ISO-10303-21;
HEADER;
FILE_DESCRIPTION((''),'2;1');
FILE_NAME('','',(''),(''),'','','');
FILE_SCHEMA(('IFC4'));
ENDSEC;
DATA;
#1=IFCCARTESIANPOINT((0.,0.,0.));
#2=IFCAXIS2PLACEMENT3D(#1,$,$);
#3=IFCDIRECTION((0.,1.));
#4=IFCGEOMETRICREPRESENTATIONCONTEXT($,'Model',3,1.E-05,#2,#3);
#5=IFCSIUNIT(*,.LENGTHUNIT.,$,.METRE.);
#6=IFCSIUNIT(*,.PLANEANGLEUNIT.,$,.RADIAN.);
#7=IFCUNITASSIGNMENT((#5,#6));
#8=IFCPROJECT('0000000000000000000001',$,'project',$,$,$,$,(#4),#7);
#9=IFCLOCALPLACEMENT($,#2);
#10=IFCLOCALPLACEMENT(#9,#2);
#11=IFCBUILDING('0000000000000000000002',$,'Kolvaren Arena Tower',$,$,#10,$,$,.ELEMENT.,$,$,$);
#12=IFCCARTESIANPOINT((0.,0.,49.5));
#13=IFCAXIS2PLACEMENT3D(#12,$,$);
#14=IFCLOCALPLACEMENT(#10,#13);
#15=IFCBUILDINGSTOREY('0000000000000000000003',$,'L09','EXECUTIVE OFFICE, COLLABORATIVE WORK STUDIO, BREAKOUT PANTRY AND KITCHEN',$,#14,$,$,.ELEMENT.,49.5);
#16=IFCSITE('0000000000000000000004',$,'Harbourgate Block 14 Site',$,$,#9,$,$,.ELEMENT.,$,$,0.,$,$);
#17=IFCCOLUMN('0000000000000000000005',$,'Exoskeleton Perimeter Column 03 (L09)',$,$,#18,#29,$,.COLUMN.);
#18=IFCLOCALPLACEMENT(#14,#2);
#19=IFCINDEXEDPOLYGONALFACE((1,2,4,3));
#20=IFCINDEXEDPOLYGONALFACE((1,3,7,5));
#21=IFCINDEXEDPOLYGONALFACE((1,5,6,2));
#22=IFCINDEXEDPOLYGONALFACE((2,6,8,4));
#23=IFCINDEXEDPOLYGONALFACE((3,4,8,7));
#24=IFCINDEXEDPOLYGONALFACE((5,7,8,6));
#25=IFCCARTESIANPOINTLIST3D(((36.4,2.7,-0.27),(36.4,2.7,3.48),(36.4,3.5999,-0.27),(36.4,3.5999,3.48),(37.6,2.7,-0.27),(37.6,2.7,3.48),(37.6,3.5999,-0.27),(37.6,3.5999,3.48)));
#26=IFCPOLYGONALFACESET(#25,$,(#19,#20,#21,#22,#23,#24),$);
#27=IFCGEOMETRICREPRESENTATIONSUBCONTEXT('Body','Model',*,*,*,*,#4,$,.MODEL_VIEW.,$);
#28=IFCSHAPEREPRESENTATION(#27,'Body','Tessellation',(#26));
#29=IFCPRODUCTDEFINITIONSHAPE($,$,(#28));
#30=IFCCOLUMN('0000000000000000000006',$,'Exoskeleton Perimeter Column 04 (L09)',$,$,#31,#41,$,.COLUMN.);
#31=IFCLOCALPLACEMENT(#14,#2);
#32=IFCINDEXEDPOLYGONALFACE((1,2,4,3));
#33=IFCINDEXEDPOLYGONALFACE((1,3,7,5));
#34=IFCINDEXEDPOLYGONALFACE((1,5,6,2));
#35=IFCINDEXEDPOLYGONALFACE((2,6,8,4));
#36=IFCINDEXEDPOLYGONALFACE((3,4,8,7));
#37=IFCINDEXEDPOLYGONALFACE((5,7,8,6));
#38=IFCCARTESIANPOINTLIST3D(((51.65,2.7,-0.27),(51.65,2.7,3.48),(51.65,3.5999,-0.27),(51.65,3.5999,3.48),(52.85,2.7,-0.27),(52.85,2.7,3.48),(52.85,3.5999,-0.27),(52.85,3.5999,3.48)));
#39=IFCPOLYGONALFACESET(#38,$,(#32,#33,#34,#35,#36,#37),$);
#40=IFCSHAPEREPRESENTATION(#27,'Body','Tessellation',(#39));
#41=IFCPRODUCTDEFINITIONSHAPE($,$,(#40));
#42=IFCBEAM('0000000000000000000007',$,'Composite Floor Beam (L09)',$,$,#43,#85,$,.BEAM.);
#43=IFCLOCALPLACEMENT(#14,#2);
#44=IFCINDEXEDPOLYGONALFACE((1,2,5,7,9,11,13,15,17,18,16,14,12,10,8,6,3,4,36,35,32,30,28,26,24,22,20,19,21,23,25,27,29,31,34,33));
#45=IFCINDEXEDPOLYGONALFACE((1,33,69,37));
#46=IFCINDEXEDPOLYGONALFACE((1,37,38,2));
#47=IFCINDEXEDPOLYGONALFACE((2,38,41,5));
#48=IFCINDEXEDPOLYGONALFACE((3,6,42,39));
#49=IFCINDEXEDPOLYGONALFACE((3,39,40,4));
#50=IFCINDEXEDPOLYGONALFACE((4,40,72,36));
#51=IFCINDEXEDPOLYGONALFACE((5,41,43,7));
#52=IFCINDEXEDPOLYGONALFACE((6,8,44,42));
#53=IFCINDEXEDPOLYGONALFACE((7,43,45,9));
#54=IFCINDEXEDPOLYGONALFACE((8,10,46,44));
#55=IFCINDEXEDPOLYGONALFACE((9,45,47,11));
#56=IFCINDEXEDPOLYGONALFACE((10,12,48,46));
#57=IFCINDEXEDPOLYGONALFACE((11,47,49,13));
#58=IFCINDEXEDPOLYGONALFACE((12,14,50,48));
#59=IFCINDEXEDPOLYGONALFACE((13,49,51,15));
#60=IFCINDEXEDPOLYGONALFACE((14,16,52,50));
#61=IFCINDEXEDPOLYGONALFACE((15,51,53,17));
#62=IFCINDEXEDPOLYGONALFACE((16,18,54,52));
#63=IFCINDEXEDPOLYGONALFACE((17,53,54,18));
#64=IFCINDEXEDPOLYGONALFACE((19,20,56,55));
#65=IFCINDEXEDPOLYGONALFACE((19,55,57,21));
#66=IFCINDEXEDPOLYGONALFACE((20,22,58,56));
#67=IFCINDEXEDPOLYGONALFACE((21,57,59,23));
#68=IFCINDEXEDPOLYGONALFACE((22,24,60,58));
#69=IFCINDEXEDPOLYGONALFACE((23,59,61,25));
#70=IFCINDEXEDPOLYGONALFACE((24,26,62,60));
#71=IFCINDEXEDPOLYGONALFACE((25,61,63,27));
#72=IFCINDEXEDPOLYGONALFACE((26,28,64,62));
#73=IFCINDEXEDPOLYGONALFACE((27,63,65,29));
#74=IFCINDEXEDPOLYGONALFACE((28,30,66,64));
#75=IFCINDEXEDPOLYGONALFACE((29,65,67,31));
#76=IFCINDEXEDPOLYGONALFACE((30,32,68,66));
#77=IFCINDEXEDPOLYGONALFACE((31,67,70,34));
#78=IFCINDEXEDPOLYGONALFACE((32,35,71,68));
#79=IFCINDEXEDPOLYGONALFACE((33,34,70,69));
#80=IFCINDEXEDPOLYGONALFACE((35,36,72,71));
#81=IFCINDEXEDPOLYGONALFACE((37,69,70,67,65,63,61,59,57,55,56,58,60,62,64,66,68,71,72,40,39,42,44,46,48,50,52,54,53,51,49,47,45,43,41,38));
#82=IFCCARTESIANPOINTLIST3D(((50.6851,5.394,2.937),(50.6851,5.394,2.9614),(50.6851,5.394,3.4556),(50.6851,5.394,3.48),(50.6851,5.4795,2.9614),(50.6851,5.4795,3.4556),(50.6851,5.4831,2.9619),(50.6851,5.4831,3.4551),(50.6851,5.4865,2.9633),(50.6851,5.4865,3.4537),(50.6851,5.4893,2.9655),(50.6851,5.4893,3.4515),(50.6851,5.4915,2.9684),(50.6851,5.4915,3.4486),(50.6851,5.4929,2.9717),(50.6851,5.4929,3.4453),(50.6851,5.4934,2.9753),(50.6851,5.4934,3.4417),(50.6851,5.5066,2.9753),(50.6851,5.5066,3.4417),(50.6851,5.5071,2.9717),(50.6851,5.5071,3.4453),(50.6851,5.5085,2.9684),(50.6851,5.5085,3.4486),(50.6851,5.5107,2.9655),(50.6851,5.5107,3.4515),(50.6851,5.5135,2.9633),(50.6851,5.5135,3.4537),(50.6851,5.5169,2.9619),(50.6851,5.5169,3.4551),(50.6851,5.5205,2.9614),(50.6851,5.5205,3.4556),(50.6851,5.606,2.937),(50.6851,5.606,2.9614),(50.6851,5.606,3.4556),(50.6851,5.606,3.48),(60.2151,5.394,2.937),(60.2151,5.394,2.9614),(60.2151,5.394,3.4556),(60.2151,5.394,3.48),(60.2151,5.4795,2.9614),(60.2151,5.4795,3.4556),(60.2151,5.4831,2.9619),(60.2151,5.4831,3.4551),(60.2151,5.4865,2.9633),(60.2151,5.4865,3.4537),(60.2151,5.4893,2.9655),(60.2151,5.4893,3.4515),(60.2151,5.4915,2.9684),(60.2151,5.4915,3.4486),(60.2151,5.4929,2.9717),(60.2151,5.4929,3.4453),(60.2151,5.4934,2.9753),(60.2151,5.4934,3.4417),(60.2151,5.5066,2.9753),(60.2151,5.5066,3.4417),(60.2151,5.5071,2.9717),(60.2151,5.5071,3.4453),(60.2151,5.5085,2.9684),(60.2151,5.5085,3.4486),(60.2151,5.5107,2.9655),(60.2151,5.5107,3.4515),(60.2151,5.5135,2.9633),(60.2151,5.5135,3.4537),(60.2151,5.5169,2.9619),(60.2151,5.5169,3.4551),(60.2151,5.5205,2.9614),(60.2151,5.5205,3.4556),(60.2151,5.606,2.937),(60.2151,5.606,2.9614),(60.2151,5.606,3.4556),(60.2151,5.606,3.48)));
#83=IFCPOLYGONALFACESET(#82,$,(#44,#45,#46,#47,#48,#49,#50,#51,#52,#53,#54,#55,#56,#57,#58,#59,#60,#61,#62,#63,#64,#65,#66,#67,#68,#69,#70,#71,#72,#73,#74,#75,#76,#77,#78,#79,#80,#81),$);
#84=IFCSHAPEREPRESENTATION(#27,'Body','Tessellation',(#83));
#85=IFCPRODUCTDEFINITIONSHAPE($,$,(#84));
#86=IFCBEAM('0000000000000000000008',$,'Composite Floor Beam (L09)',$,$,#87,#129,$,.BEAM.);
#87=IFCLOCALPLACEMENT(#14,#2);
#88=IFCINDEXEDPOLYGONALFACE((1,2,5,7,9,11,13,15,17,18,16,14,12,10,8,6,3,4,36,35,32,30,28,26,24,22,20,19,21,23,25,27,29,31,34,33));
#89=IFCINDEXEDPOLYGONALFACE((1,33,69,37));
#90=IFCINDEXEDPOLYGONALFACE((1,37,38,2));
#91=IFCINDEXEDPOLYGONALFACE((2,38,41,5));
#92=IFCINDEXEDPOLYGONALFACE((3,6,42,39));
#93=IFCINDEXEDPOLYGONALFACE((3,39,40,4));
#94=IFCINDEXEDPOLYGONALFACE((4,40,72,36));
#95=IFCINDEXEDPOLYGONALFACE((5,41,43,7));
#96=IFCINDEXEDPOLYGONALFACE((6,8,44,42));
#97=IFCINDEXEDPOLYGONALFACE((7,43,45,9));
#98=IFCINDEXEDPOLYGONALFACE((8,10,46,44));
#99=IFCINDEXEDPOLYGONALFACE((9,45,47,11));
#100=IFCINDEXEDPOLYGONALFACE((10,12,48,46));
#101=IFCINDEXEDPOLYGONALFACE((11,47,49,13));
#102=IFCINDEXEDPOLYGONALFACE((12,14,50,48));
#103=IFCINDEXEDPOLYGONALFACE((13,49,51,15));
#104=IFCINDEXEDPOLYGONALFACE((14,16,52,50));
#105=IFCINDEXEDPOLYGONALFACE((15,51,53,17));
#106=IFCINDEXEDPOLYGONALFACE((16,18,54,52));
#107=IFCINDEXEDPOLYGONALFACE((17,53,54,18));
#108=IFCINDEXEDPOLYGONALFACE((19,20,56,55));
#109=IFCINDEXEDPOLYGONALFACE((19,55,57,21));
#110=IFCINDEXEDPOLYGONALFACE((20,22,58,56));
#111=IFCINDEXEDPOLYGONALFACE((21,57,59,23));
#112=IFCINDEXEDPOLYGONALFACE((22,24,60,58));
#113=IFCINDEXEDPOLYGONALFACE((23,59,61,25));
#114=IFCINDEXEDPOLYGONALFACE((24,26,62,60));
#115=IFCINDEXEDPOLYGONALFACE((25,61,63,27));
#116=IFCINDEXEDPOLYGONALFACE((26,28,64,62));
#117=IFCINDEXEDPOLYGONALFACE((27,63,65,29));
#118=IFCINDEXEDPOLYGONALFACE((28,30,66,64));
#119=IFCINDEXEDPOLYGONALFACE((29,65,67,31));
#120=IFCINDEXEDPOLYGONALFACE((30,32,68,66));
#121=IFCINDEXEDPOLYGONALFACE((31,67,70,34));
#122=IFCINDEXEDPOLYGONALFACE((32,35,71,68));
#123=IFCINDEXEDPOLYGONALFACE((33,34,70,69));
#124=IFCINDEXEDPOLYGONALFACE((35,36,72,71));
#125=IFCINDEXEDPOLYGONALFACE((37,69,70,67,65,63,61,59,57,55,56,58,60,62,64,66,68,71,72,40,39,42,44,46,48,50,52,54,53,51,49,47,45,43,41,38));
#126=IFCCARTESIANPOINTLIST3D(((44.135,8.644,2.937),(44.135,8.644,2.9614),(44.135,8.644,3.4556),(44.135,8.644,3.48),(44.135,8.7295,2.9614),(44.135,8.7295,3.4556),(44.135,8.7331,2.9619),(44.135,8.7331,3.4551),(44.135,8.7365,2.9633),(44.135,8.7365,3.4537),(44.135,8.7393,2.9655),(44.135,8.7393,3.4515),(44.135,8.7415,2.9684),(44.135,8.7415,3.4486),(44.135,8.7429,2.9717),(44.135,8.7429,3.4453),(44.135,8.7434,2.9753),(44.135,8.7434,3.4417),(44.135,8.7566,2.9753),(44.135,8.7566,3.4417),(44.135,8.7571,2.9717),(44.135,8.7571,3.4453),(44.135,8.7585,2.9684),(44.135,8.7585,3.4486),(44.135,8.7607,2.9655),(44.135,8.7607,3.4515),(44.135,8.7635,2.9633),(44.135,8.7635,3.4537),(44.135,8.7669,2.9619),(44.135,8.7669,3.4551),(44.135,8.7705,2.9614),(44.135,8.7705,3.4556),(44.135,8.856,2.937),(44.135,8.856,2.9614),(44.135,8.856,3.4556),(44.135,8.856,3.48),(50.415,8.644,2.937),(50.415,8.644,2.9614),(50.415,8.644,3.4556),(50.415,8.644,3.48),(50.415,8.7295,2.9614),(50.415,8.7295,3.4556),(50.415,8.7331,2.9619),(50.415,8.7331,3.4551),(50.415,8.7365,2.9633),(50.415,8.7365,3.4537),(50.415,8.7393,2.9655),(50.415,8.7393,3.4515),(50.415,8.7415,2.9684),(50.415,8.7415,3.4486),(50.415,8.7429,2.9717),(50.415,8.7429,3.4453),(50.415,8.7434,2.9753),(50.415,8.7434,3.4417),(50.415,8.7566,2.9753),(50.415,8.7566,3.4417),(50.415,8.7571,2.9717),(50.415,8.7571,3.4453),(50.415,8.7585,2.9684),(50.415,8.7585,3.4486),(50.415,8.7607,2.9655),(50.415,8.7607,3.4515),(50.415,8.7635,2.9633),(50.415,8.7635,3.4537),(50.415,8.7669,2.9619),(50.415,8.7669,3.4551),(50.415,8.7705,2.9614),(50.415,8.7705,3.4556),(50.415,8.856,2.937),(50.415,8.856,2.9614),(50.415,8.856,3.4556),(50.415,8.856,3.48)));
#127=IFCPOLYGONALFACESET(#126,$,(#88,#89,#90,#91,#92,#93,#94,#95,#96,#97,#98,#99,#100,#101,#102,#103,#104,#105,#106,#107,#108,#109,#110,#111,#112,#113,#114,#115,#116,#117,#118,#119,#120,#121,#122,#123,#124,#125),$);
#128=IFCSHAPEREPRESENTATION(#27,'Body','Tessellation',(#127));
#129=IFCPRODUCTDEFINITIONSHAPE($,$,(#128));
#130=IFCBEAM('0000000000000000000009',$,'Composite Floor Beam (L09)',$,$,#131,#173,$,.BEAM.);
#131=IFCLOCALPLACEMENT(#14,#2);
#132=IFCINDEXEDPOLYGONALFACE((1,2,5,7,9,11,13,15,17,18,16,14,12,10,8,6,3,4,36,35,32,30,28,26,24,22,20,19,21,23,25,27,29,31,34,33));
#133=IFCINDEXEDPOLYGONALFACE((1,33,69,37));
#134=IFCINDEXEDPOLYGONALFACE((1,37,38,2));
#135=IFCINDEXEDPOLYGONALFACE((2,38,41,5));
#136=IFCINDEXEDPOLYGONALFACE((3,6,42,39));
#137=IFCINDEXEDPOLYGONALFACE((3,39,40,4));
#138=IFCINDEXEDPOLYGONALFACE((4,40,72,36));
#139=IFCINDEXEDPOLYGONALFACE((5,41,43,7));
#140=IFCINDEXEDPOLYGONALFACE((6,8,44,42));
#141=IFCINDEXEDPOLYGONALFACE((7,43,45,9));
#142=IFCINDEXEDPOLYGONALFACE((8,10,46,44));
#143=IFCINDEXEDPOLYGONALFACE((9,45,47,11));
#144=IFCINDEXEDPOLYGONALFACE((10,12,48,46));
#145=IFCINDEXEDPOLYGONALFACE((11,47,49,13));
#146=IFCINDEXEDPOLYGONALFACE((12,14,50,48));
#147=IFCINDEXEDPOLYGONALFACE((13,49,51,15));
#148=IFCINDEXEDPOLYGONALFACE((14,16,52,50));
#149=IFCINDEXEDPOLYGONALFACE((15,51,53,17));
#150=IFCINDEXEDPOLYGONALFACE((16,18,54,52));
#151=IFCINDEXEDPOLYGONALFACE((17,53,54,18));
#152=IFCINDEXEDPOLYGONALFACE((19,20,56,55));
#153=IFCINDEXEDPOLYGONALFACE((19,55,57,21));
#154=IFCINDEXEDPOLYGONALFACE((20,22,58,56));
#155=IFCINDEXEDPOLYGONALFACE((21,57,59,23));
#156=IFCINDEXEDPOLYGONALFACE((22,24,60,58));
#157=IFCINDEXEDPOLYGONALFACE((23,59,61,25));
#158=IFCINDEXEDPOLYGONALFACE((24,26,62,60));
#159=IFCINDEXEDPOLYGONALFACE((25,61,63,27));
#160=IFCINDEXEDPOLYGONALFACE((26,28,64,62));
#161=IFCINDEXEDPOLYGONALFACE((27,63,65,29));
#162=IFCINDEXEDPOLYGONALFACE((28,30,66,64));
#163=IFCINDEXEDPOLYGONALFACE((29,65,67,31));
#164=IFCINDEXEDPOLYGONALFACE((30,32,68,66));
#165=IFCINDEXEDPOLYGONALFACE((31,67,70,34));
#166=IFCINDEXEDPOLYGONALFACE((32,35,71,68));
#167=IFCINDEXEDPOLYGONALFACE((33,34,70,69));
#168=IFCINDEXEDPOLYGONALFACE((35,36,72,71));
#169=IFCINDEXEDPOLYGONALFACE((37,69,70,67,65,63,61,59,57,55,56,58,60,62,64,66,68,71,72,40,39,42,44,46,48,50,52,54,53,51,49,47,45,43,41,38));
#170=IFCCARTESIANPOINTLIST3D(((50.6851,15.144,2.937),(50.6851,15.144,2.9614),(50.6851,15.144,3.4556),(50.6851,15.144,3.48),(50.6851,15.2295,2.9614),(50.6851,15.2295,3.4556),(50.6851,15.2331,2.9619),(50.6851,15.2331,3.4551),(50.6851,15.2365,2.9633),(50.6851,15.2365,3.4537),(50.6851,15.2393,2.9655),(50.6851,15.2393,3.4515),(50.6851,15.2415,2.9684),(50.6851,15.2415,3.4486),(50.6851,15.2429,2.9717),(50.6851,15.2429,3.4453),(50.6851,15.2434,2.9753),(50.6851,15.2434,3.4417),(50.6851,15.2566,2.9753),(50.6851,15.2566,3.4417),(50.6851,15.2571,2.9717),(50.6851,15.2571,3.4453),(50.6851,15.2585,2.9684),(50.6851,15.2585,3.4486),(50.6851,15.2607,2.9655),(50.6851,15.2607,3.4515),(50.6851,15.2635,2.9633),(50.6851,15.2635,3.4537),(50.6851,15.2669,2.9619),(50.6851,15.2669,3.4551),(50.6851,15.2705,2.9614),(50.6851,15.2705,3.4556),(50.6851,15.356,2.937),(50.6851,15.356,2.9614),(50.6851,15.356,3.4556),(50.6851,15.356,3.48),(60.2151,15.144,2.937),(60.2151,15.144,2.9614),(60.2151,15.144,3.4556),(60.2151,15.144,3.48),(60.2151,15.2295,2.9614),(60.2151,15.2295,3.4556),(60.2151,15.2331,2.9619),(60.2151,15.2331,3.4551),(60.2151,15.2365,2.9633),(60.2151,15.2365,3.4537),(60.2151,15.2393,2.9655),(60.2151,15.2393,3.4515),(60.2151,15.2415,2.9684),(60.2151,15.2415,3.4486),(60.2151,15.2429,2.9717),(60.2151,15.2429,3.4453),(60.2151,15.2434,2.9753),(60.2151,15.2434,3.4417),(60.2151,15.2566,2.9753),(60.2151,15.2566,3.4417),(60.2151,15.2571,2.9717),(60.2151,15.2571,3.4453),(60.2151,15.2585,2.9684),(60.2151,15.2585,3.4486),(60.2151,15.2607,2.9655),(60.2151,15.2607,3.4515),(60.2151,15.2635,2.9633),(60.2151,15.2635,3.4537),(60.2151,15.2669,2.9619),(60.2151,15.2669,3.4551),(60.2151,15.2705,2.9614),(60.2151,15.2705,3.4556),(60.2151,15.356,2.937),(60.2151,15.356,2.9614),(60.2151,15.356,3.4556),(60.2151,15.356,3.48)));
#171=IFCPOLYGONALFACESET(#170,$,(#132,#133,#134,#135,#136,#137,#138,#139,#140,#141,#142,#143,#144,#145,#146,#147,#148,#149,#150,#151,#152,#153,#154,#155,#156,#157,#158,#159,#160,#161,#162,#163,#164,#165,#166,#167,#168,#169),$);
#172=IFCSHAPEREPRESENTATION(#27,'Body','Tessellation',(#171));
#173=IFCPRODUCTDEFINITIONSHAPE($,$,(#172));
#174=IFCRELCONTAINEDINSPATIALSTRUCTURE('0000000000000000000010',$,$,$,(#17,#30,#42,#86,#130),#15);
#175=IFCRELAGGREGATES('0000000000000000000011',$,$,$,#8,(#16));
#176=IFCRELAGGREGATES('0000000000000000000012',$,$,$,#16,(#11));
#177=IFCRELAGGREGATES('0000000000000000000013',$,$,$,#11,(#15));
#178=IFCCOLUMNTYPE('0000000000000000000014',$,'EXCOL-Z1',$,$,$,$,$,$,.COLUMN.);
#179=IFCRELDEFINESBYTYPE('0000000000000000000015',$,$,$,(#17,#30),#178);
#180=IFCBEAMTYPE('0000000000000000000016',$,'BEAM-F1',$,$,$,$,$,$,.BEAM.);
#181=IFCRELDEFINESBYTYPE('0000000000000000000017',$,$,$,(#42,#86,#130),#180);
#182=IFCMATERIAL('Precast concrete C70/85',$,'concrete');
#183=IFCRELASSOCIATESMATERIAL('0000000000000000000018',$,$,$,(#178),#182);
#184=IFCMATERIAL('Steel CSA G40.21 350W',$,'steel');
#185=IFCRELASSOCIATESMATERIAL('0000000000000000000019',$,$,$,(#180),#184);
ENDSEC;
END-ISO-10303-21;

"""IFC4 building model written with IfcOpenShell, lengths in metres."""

from ifc_helpers import new_model, si_unit, direction, frame, origin, origin_2d, place, context, subcontext, project, spatial, rectangle, i_section, extrude, material, material_profile, profile_set, type_object, element, save


model = new_model("IFC4")

# Units and contexts
model_context = context("Model", 3, precision=1e-05, world=origin(), true_north=direction((0.0, 1.0)))
body_context = subcontext(model_context, "Body", "Model", "MODEL_VIEW")
ifc_project = project(units=[si_unit("LENGTHUNIT", "METRE"), si_unit("PLANEANGLEUNIT", "RADIAN")], contexts=[model_context])

# Site, building, storey
site_placement = place(None, origin())
site = spatial("IfcSite", under=ifc_project, at=site_placement, Name="Harbourgate Block 14 Site", CompositionType="ELEMENT", RefElevation=0.0)
building_placement = place(site_placement, origin())
building = spatial("IfcBuilding", under=site, at=building_placement, Name="Kolvaren Arena Tower", CompositionType="ELEMENT")
storey_placement = place(building_placement, frame((0.0, 0.0, 49.5)))
storey = spatial("IfcBuildingStorey", under=building, at=storey_placement, Name="L09", Description="EXECUTIVE OFFICE, COLLABORATIVE WORK STUDIO, BREAKOUT PANTRY AND KITCHEN", CompositionType="ELEMENT", Elevation=49.5)

# Columns
ifc_material_1 = material(Name="Precast concrete C70/85", Category="concrete")
ifc_material_profile_1 = material_profile(ifc_material_1, rectangle(XDim=1.2, YDim=0.8999, at=origin_2d()), Name="RC-1200x900")
ifc_profile_set_1 = profile_set([ifc_material_profile_1], Name="Precast concrete C70/85")
column_type = type_object("IfcColumnType", Name="EXCOL-Z1", PredefinedType="COLUMN", material=ifc_profile_set_1)
for number, where, z_axis, x_axis, name in (
    (1, (37.0, 3.1499, -0.27), (0.0, 0.0, 1.0), (1.0, 0.0, 0.0), "Exoskeleton Perimeter Column 03 (L09)"),
    (2, (52.25, 3.1499, -0.27), (0.0, 0.0, 1.0), (1.0, 0.0, 0.0), "Exoskeleton Perimeter Column 04 (L09)"),
):
    element("IfcColumn", number, at=place(storey_placement, frame(where, z_axis=z_axis, x_axis=x_axis)), inside=storey, type_object=column_type, Name=name, PredefinedType="COLUMN", context=body_context, shape_type="SweptSolid", body=[
        extrude(rectangle(XDim=1.2, YDim=0.8999, at=origin_2d()), origin(), (0.0, 0.0, 1.0), 3.75),
    ])

# Beams
ifc_material_2 = material(Name="Steel CSA G40.21 350W", Category="steel")
ifc_material_profile_2 = material_profile(ifc_material_2, i_section(OverallWidth=0.2119, OverallDepth=0.543, WebThickness=0.0132, FlangeThickness=0.0244, FilletRadius=0.0139, at=origin_2d()), Name="W530x150")
ifc_profile_set_2 = profile_set([ifc_material_profile_2], Name="Steel CSA G40.21 350W")
beam_type_1 = type_object("IfcBeamType", Name="BEAM-F1", PredefinedType="BEAM", material=ifc_profile_set_2)
beam_1_placement = place(storey_placement, frame((50.6851, 5.5, 3.2085), z_axis=(1.0, 0.0, 0.0), x_axis=(0.0, 1.0, 0.0)))
element("IfcBeam", 3, at=beam_1_placement, inside=storey, type_object=beam_type_1, Name="Composite Floor Beam (L09)", PredefinedType="BEAM", context=body_context, shape_type="SweptSolid", body=[
    extrude(i_section(OverallWidth=0.2119, OverallDepth=0.543, WebThickness=0.0132, FlangeThickness=0.0244, FilletRadius=0.0139, at=origin_2d()), origin(), (0.0, 0.0, 1.0), 9.53),
])
beam_2_placement = place(storey_placement, frame((44.135, 8.75, 3.2085), z_axis=(1.0, 0.0, 0.0), x_axis=(0.0, 1.0, 0.0)))
element("IfcBeam", 4, at=beam_2_placement, inside=storey, type_object=beam_type_1, Name="Composite Floor Beam (L09)", PredefinedType="BEAM", context=body_context, shape_type="SweptSolid", body=[
    extrude(i_section(OverallWidth=0.2119, OverallDepth=0.543, WebThickness=0.0132, FlangeThickness=0.0244, FilletRadius=0.0139, at=origin_2d()), origin(), (0.0, 0.0, 1.0), 6.28),
])
beam_3_placement = place(storey_placement, frame((50.6851, 15.25, 3.2085), z_axis=(1.0, 0.0, 0.0), x_axis=(0.0, 1.0, 0.0)))
element("IfcBeam", 5, at=beam_3_placement, inside=storey, type_object=beam_type_1, Name="Composite Floor Beam (L09)", PredefinedType="BEAM", context=body_context, shape_type="SweptSolid", body=[
    extrude(i_section(OverallWidth=0.2119, OverallDepth=0.543, WebThickness=0.0132, FlangeThickness=0.0244, FilletRadius=0.0139, at=origin_2d()), origin(), (0.0, 0.0, 1.0), 9.53),
])

save(model, "model.ifc")
